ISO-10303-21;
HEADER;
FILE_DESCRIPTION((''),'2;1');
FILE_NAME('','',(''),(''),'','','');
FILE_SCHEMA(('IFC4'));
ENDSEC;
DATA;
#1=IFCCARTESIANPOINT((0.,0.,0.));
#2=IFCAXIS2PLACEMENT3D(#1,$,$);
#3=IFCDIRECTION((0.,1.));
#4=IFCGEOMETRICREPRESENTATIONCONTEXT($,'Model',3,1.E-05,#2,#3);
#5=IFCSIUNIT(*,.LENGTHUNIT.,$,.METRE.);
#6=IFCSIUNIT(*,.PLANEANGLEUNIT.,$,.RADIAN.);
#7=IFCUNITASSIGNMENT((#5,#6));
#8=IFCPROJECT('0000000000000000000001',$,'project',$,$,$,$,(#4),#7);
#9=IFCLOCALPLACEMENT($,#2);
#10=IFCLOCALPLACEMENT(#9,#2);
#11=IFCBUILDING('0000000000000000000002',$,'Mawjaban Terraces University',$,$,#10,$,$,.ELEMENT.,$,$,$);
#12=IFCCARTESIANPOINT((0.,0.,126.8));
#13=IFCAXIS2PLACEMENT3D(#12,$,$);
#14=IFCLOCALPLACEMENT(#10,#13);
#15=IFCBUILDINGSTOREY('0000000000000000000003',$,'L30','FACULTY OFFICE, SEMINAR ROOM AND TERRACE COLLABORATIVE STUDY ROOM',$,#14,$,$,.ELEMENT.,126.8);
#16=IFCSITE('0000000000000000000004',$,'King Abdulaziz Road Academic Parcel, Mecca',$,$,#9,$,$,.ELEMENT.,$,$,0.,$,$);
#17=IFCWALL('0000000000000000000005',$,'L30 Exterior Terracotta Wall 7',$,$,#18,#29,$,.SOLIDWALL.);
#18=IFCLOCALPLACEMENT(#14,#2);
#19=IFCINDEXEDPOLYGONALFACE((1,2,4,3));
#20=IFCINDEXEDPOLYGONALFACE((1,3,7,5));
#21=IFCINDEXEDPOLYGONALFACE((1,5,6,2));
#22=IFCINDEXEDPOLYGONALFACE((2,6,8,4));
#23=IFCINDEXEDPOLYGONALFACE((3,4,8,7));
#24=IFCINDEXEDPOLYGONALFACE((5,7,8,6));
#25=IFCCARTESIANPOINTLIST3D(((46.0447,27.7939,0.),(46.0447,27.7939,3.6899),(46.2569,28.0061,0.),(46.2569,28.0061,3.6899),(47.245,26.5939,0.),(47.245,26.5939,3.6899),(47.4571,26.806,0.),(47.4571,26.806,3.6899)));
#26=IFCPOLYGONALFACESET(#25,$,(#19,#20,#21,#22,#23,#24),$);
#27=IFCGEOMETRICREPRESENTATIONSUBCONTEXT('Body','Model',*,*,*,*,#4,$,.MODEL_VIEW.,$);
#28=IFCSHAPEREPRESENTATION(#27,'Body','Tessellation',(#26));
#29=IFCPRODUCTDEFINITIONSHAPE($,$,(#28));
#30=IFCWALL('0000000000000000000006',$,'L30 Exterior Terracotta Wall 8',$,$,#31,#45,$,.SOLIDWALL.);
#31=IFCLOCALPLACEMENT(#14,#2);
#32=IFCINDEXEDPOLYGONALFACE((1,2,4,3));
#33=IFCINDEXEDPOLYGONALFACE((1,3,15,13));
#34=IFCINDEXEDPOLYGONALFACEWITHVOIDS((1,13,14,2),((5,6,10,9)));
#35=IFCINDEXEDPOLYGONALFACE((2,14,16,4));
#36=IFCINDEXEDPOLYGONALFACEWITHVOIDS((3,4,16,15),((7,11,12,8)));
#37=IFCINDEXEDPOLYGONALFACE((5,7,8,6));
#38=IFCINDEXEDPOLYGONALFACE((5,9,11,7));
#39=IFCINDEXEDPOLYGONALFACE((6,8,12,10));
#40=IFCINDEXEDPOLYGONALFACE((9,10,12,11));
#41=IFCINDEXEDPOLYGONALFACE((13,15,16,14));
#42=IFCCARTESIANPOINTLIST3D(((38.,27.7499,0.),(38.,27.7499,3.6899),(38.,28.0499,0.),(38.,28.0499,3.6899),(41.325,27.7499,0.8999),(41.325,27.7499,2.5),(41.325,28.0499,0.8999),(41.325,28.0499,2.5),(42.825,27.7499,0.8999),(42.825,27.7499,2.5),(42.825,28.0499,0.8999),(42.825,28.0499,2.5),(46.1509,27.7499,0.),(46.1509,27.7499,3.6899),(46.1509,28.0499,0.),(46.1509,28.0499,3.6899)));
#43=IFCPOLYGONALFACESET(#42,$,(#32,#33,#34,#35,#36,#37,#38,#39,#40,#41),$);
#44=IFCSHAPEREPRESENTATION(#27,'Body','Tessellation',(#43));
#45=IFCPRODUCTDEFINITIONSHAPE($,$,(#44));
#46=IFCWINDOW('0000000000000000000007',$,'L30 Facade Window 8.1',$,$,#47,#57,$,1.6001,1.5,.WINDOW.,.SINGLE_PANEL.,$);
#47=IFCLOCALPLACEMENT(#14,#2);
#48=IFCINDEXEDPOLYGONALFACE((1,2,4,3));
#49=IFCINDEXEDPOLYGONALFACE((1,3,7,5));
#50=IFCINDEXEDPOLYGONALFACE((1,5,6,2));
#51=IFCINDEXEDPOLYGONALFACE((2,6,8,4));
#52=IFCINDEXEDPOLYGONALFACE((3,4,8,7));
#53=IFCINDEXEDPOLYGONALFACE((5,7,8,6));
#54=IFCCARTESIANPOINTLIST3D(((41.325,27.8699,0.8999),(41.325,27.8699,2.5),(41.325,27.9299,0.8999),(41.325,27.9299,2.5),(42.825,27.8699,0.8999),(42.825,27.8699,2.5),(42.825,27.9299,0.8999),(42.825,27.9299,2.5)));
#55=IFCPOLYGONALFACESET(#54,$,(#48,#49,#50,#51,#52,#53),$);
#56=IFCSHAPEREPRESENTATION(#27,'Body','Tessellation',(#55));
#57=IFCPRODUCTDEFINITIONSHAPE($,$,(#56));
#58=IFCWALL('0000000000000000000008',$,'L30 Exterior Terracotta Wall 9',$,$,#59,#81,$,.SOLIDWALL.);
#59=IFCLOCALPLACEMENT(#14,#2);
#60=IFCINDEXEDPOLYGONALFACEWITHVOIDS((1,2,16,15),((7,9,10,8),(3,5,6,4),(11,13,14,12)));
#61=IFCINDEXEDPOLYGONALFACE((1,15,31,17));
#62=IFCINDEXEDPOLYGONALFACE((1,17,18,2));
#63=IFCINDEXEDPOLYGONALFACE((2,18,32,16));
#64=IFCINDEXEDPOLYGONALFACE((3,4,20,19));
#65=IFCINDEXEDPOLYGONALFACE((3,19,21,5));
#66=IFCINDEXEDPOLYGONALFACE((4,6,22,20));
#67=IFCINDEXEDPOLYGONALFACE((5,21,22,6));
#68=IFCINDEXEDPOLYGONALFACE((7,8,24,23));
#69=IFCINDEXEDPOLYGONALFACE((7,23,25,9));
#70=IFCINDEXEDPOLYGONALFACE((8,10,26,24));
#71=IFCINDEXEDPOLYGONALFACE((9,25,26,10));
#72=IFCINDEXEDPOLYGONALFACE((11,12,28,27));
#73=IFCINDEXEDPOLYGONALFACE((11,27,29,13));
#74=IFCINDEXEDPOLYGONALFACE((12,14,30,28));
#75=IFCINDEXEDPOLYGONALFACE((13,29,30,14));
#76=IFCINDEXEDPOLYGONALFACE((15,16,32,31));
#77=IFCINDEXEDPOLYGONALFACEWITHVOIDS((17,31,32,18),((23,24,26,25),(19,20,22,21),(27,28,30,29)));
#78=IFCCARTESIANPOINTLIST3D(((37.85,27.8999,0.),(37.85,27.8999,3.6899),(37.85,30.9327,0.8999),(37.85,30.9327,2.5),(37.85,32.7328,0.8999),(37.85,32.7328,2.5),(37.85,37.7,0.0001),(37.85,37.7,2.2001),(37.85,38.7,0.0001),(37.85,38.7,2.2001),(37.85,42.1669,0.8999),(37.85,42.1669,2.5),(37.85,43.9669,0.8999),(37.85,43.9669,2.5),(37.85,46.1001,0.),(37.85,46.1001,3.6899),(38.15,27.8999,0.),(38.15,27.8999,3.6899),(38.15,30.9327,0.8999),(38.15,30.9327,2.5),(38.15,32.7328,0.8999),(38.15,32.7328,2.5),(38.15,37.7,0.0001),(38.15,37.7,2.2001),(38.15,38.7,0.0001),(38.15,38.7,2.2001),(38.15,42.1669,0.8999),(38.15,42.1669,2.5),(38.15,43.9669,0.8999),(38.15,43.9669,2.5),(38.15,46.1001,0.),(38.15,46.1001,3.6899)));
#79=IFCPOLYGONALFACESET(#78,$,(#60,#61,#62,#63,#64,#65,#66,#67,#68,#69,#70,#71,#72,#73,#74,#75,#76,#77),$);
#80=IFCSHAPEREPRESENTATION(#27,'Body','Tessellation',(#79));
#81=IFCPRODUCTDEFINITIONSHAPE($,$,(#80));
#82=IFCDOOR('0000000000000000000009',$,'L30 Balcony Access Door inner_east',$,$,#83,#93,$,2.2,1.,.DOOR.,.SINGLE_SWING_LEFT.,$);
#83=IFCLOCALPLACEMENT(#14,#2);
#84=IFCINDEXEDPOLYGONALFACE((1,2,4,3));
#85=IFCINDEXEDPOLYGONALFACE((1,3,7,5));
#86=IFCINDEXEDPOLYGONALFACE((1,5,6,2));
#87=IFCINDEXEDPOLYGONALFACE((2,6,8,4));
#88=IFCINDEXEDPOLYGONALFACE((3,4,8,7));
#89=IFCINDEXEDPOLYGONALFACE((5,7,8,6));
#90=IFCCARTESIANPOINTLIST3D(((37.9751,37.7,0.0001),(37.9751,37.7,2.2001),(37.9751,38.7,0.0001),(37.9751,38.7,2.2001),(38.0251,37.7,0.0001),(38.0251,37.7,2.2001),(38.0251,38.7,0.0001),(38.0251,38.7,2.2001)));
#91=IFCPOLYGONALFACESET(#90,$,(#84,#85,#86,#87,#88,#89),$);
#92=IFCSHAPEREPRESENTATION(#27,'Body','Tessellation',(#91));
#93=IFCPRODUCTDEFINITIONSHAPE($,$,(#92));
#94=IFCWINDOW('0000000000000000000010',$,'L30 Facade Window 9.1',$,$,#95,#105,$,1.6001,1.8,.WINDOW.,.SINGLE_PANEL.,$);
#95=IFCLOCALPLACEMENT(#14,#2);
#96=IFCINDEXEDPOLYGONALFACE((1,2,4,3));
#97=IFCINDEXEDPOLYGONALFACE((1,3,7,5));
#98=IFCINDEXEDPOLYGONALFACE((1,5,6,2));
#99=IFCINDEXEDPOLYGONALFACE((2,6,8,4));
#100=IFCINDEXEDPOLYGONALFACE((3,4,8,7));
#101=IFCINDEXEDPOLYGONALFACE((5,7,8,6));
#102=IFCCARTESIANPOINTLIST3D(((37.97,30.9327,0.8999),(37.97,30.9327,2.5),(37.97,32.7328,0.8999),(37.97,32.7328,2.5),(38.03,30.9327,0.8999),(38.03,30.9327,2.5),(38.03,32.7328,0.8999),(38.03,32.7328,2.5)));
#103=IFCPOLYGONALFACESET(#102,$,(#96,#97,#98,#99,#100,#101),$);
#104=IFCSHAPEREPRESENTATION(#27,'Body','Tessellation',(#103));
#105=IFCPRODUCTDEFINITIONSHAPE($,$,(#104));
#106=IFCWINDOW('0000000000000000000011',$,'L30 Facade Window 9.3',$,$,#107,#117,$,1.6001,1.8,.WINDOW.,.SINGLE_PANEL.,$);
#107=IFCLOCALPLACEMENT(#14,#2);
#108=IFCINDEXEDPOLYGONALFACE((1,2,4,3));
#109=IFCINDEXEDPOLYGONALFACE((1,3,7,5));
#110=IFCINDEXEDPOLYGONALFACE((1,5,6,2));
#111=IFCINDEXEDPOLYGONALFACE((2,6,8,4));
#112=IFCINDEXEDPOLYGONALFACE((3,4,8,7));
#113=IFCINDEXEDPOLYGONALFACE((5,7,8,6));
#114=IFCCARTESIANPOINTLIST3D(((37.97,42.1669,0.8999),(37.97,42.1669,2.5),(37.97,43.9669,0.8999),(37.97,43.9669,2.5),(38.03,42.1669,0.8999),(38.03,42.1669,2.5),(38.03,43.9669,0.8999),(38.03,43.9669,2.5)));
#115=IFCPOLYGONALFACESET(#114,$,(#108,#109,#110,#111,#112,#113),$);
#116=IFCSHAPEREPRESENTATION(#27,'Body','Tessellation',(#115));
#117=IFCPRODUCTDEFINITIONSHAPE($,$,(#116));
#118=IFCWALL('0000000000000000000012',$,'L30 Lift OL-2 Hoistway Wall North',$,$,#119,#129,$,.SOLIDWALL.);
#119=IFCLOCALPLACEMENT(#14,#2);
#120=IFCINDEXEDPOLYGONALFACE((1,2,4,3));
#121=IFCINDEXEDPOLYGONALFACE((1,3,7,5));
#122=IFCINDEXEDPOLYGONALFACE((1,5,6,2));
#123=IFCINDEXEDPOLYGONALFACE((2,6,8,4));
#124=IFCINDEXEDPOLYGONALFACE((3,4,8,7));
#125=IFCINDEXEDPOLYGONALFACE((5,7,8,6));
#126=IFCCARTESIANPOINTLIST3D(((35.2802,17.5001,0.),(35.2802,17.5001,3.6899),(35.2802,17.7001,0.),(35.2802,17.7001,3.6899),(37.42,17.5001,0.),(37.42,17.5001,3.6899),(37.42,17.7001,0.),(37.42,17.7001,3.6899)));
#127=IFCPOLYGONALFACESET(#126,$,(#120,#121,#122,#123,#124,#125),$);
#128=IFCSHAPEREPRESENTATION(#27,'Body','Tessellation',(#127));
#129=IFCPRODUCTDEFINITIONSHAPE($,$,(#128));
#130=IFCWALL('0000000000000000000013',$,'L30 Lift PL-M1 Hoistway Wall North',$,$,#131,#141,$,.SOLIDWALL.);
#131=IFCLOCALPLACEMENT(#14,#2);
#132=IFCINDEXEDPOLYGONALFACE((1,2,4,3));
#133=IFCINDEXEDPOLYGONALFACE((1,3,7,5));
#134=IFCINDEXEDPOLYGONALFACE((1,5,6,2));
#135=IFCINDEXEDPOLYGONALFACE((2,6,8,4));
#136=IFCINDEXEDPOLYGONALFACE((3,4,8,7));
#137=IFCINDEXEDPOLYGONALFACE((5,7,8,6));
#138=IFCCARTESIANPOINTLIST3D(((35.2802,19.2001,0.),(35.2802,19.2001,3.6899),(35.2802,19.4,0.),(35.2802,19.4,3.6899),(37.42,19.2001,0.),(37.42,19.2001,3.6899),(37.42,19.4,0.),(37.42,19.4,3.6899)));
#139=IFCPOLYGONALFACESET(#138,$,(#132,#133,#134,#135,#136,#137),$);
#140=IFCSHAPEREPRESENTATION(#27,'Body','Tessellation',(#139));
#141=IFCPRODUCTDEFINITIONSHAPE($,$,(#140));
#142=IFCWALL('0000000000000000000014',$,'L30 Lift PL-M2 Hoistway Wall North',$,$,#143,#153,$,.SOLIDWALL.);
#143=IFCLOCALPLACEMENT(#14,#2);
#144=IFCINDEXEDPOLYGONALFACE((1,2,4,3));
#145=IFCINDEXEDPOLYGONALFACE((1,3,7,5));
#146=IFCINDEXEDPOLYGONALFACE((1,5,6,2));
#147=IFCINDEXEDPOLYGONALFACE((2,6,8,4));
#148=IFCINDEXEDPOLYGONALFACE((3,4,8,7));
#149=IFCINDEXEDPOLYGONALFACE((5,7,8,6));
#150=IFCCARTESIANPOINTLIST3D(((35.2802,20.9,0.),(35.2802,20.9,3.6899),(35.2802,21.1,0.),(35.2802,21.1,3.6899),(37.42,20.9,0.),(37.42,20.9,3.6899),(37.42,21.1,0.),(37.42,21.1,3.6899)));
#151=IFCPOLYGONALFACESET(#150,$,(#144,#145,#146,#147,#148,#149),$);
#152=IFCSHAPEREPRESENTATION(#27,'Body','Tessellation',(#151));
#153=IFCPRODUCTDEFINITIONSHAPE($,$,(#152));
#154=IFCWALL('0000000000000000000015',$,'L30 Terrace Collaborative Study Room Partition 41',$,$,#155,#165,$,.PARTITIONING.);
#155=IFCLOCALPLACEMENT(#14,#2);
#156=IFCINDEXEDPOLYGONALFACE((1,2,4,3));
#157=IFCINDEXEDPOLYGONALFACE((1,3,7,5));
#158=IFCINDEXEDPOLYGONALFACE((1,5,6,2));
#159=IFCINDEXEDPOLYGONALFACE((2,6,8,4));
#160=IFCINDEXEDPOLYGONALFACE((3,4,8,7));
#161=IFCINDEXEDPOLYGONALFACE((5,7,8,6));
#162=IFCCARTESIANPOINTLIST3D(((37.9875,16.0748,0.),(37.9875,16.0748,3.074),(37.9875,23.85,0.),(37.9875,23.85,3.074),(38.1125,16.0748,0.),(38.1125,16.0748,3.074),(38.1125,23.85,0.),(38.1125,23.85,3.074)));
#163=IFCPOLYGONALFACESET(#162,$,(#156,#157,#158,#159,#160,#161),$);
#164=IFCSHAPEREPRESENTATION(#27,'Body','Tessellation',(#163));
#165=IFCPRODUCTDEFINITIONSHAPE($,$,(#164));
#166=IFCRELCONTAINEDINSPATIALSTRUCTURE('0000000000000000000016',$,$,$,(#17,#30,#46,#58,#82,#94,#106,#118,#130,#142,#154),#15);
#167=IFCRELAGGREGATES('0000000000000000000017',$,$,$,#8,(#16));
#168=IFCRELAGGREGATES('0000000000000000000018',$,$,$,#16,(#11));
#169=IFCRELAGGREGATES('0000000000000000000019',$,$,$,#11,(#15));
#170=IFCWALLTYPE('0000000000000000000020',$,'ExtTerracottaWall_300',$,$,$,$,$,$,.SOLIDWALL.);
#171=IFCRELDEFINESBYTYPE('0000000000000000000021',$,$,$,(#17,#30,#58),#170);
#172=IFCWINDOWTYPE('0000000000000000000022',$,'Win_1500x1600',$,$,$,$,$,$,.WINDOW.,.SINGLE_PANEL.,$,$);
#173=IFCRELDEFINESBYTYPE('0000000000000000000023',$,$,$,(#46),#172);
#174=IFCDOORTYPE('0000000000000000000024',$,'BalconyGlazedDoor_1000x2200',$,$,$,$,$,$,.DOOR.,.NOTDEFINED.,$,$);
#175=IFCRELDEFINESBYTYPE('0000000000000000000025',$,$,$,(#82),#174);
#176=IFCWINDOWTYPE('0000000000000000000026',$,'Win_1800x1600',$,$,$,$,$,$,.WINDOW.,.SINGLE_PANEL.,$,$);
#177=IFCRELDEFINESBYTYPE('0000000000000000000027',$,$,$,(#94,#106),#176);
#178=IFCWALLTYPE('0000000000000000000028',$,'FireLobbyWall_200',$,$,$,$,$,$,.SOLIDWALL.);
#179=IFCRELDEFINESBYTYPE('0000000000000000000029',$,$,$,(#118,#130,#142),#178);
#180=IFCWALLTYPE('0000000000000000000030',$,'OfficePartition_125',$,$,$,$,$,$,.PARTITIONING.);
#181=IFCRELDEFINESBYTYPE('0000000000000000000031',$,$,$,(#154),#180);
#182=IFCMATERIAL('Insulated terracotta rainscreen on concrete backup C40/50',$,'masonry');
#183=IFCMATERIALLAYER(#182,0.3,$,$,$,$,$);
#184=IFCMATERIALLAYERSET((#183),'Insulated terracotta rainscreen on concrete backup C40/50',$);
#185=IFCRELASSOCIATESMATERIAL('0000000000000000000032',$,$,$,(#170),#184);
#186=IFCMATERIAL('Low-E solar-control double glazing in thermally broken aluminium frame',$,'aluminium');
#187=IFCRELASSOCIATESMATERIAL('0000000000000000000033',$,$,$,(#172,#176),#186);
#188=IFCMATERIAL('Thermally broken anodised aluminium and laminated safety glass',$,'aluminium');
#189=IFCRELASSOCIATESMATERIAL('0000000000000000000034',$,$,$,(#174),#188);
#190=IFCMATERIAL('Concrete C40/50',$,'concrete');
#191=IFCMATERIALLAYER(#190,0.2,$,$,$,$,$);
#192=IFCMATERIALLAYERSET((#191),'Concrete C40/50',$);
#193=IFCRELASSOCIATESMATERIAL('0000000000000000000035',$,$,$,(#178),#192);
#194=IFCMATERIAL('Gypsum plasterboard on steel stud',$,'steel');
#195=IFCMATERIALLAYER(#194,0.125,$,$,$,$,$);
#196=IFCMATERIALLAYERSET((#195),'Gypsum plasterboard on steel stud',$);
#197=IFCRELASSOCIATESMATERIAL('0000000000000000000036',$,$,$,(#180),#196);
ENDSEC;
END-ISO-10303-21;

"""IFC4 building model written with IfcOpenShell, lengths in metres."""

from ifc_helpers import new_model, si_unit, direction, frame, frame_2d, origin, place, context, subcontext, project, spatial, rectangle, extrude, material, layer, layer_set, type_object, element, fill, save


model = new_model("IFC4")

# Units and contexts
model_context = context("Model", 3, precision=1e-05, world=origin(), true_north=direction((0.0, 1.0)))
body_context = subcontext(model_context, "Body", "Model", "MODEL_VIEW")
ifc_project = project(units=[si_unit("LENGTHUNIT", "METRE"), si_unit("PLANEANGLEUNIT", "RADIAN")], contexts=[model_context])

# Site, building, storey
site_placement = place(None, origin())
site = spatial("IfcSite", under=ifc_project, at=site_placement, Name="King Abdulaziz Road Academic Parcel, Mecca", CompositionType="ELEMENT", RefElevation=0.0)
building_placement = place(site_placement, origin())
building = spatial("IfcBuilding", under=site, at=building_placement, Name="Mawjaban Terraces University", CompositionType="ELEMENT")
storey_placement = place(building_placement, frame((0.0, 0.0, 126.8)))
storey = spatial("IfcBuildingStorey", under=building, at=storey_placement, Name="L30", Description="FACULTY OFFICE, SEMINAR ROOM AND TERRACE COLLABORATIVE STUDY ROOM", CompositionType="ELEMENT", Elevation=126.8)

# Wall
ifc_material_1 = material(Name="Insulated terracotta rainscreen on concrete backup C40/50", Category="masonry")
ifc_layer_1 = layer(ifc_material_1, 0.3)
ifc_layer_set_1 = layer_set([ifc_layer_1], Name="Insulated terracotta rainscreen on concrete backup C40/50")
wall_type_1 = type_object("IfcWallType", Name="ExtTerracottaWall_300", PredefinedType="SOLIDWALL", material=ifc_layer_set_1)
wall_1_placement = place(storey_placement, frame((47.3511, 26.7, 0.0), z_axis=(0.0, 0.0, 1.0), x_axis=(-0.707179, 0.707035, 0.0)))
element("IfcWall", 1, at=wall_1_placement, inside=storey, type_object=wall_type_1, Name="L30 Exterior Terracotta Wall 7", PredefinedType="SOLIDWALL", context=body_context, shape_type="SweptSolid", body=[
    extrude(rectangle(XDim=1.6973, YDim=0.3, at=frame_2d((0.8486, 0.0))), origin(), (0.0, 0.0, 1.0), 3.6899),
])

# Wall, opening, window
wall_2_placement = place(storey_placement, frame((46.1509, 27.8999, 0.0), z_axis=(0.0, 0.0, 1.0), x_axis=(-1.0, 0.0, 0.0)))
wall_2 = element("IfcWall", 2, at=wall_2_placement, inside=storey, type_object=wall_type_1, Name="L30 Exterior Terracotta Wall 8", PredefinedType="SOLIDWALL", context=body_context, shape_type="SweptSolid", body=[
    extrude(rectangle(XDim=8.1509, YDim=0.3, at=frame_2d((4.0754, 0.0))), origin(), (0.0, 0.0, 1.0), 3.6899),
])
opening_1_placement = place(wall_2_placement, frame((3.3259, 0.0, 0.8999)))
opening_1 = element("IfcOpeningElement", 3, at=opening_1_placement, cuts=wall_2, PredefinedType="OPENING", context=body_context, shape_type="SweptSolid", body=[
    extrude(rectangle(XDim=1.5, YDim=1.6001, at=frame_2d((0.75, 0.8))), frame((0.0, 0.1599, 0.0), z_axis=(0.0, -1.0, 0.0), x_axis=(1.0, 0.0, 0.0)), (0.0, 0.0, 1.0), 0.3201),
])
ifc_material_2 = material(Name="Low-E solar-control double glazing in thermally broken aluminium frame", Category="aluminium")
window_type_1 = type_object("IfcWindowType", Name="Win_1500x1600", PartitioningType="SINGLE_PANEL", PredefinedType="WINDOW", material=ifc_material_2)
window_1_placement = place(opening_1_placement, origin())
window_1 = element("IfcWindow", 4, at=window_1_placement, inside=storey, type_object=window_type_1, Name="L30 Facade Window 8.1", OverallHeight=1.6001, OverallWidth=1.5, PartitioningType="SINGLE_PANEL", PredefinedType="WINDOW", context=body_context, shape_type="SweptSolid", body=[
    extrude(rectangle(XDim=1.5, YDim=1.6001, at=frame_2d((0.75, 0.8))), frame((0.0, 0.03, 0.0), z_axis=(0.0, -1.0, 0.0), x_axis=(1.0, 0.0, 0.0)), (0.0, 0.0, 1.0), 0.0601),
])
fill(opening_1, window_1)

# Wall, openings, door, windows
wall_3_placement = place(storey_placement, frame((38.0, 27.8999, 0.0), z_axis=(0.0, 0.0, 1.0), x_axis=(0.0, 1.0, 0.0)))
wall_3 = element("IfcWall", 5, at=wall_3_placement, inside=storey, type_object=wall_type_1, Name="L30 Exterior Terracotta Wall 9", PredefinedType="SOLIDWALL", context=body_context, shape_type="SweptSolid", body=[
    extrude(rectangle(XDim=18.2002, YDim=0.3, at=frame_2d((9.1001, 0.0))), origin(), (0.0, 0.0, 1.0), 3.6899),
])
opening_2_placement = place(wall_3_placement, frame((9.8, 0.0, 0.0)))
opening_2 = element("IfcOpeningElement", 6, at=opening_2_placement, cuts=wall_3, PredefinedType="OPENING", context=body_context, shape_type="SweptSolid", body=[
    extrude(rectangle(XDim=1.0, YDim=2.2, at=frame_2d((0.5, 1.1001))), frame((0.0, 0.1599, 0.0), z_axis=(0.0, -1.0, 0.0), x_axis=(1.0, 0.0, 0.0)), (0.0, 0.0, 1.0), 0.3201),
])
opening_3_placement = place(wall_3_placement, frame((3.033, 0.0, 0.8999)))
opening_3 = element("IfcOpeningElement", 7, at=opening_3_placement, cuts=wall_3, PredefinedType="OPENING", context=body_context, shape_type="SweptSolid", body=[
    extrude(rectangle(XDim=1.8, YDim=1.6001, at=frame_2d((0.8999, 0.8))), frame((0.0, 0.1599, 0.0), z_axis=(0.0, -1.0, 0.0), x_axis=(1.0, 0.0, 0.0)), (0.0, 0.0, 1.0), 0.3201),
])
opening_4_placement = place(wall_3_placement, frame((14.2671, 0.0, 0.8999)))
opening_4 = element("IfcOpeningElement", 8, at=opening_4_placement, cuts=wall_3, PredefinedType="OPENING", context=body_context, shape_type="SweptSolid", body=[
    extrude(rectangle(XDim=1.8, YDim=1.6001, at=frame_2d((0.8999, 0.8))), frame((0.0, 0.1599, 0.0), z_axis=(0.0, -1.0, 0.0), x_axis=(1.0, 0.0, 0.0)), (0.0, 0.0, 1.0), 0.3201),
])
ifc_material_3 = material(Name="Thermally broken anodised aluminium and laminated safety glass", Category="aluminium")
door_type_1 = type_object("IfcDoorType", Name="BalconyGlazedDoor_1000x2200", OperationType="NOTDEFINED", PredefinedType="DOOR", material=ifc_material_3)
door_1_placement = place(opening_2_placement, origin())
door_1 = element("IfcDoor", 9, at=door_1_placement, inside=storey, type_object=door_type_1, Name="L30 Balcony Access Door inner_east", OperationType="SINGLE_SWING_LEFT", OverallHeight=2.2, OverallWidth=1.0, PredefinedType="DOOR", context=body_context, shape_type="SweptSolid", body=[
    extrude(rectangle(XDim=1.0, YDim=2.2, at=frame_2d((0.5, 1.1001))), frame((0.0, 0.0249, 0.0), z_axis=(0.0, -1.0, 0.0), x_axis=(1.0, 0.0, 0.0)), (0.0, 0.0, 1.0), 0.05),
])
fill(opening_2, door_1)
window_type_2 = type_object("IfcWindowType", Name="Win_1800x1600", PartitioningType="SINGLE_PANEL", PredefinedType="WINDOW", material=ifc_material_2)
window_2_placement = place(opening_3_placement, origin())
window_2 = element("IfcWindow", 10, at=window_2_placement, inside=storey, type_object=window_type_2, Name="L30 Facade Window 9.1", OverallHeight=1.6001, OverallWidth=1.8, PartitioningType="SINGLE_PANEL", PredefinedType="WINDOW", context=body_context, shape_type="SweptSolid", body=[
    extrude(rectangle(XDim=1.8, YDim=1.6001, at=frame_2d((0.8999, 0.8))), frame((0.0, 0.03, 0.0), z_axis=(0.0, -1.0, 0.0), x_axis=(1.0, 0.0, 0.0)), (0.0, 0.0, 1.0), 0.0601),
])
fill(opening_3, window_2)
window_3_placement = place(opening_4_placement, origin())
window_3 = element("IfcWindow", 11, at=window_3_placement, inside=storey, type_object=window_type_2, Name="L30 Facade Window 9.3", OverallHeight=1.6001, OverallWidth=1.8, PartitioningType="SINGLE_PANEL", PredefinedType="WINDOW", context=body_context, shape_type="SweptSolid", body=[
    extrude(rectangle(XDim=1.8, YDim=1.6001, at=frame_2d((0.8999, 0.8))), frame((0.0, 0.03, 0.0), z_axis=(0.0, -1.0, 0.0), x_axis=(1.0, 0.0, 0.0)), (0.0, 0.0, 1.0), 0.0601),
])
fill(opening_4, window_3)

# Walls
ifc_material_4 = material(Name="Concrete C40/50", Category="concrete")
ifc_layer_2 = layer(ifc_material_4, 0.2)
ifc_layer_set_2 = layer_set([ifc_layer_2], Name="Concrete C40/50")
wall_type_2 = type_object("IfcWallType", Name="FireLobbyWall_200", PredefinedType="SOLIDWALL", material=ifc_layer_set_2)
for number, where, z_axis, x_axis, name in (
    (12, (37.4199, 17.6001, 0.0), (0.0, 0.0, 1.0), (-1.0, 0.0, 0.0), "L30 Lift OL-2 Hoistway Wall North"),
    (13, (37.4199, 19.3, 0.0), (0.0, 0.0, 1.0), (-1.0, 0.0, 0.0), "L30 Lift PL-M1 Hoistway Wall North"),
    (14, (37.4199, 21.0, 0.0), (0.0, 0.0, 1.0), (-1.0, 0.0, 0.0), "L30 Lift PL-M2 Hoistway Wall North"),
):
    element("IfcWall", number, at=place(storey_placement, frame(where, z_axis=z_axis, x_axis=x_axis)), inside=storey, type_object=wall_type_2, Name=name, PredefinedType="SOLIDWALL", context=body_context, shape_type="SweptSolid", body=[
        extrude(rectangle(XDim=2.1399, YDim=0.2, at=frame_2d((1.0698, 0.0))), origin(), (0.0, 0.0, 1.0), 3.6899),
    ])
ifc_material_5 = material(Name="Gypsum plasterboard on steel stud", Category="steel")
ifc_layer_3 = layer(ifc_material_5, 0.125)
ifc_layer_set_3 = layer_set([ifc_layer_3], Name="Gypsum plasterboard on steel stud")
wall_type_3 = type_object("IfcWallType", Name="OfficePartition_125", PredefinedType="PARTITIONING", material=ifc_layer_set_3)
wall_4_placement = place(storey_placement, frame((38.05, 23.8501, 0.0), z_axis=(0.0, 0.0, 1.0), x_axis=(0.0, -1.0, 0.0)))
element("IfcWall", 15, at=wall_4_placement, inside=storey, type_object=wall_type_3, Name="L30 Terrace Collaborative Study Room Partition 41", PredefinedType="PARTITIONING", context=body_context, shape_type="SweptSolid", body=[
    extrude(rectangle(XDim=7.7751, YDim=0.125, at=frame_2d((3.8877, 0.0))), origin(), (0.0, 0.0, 1.0), 3.074),
])

save(model, "model.ifc")
